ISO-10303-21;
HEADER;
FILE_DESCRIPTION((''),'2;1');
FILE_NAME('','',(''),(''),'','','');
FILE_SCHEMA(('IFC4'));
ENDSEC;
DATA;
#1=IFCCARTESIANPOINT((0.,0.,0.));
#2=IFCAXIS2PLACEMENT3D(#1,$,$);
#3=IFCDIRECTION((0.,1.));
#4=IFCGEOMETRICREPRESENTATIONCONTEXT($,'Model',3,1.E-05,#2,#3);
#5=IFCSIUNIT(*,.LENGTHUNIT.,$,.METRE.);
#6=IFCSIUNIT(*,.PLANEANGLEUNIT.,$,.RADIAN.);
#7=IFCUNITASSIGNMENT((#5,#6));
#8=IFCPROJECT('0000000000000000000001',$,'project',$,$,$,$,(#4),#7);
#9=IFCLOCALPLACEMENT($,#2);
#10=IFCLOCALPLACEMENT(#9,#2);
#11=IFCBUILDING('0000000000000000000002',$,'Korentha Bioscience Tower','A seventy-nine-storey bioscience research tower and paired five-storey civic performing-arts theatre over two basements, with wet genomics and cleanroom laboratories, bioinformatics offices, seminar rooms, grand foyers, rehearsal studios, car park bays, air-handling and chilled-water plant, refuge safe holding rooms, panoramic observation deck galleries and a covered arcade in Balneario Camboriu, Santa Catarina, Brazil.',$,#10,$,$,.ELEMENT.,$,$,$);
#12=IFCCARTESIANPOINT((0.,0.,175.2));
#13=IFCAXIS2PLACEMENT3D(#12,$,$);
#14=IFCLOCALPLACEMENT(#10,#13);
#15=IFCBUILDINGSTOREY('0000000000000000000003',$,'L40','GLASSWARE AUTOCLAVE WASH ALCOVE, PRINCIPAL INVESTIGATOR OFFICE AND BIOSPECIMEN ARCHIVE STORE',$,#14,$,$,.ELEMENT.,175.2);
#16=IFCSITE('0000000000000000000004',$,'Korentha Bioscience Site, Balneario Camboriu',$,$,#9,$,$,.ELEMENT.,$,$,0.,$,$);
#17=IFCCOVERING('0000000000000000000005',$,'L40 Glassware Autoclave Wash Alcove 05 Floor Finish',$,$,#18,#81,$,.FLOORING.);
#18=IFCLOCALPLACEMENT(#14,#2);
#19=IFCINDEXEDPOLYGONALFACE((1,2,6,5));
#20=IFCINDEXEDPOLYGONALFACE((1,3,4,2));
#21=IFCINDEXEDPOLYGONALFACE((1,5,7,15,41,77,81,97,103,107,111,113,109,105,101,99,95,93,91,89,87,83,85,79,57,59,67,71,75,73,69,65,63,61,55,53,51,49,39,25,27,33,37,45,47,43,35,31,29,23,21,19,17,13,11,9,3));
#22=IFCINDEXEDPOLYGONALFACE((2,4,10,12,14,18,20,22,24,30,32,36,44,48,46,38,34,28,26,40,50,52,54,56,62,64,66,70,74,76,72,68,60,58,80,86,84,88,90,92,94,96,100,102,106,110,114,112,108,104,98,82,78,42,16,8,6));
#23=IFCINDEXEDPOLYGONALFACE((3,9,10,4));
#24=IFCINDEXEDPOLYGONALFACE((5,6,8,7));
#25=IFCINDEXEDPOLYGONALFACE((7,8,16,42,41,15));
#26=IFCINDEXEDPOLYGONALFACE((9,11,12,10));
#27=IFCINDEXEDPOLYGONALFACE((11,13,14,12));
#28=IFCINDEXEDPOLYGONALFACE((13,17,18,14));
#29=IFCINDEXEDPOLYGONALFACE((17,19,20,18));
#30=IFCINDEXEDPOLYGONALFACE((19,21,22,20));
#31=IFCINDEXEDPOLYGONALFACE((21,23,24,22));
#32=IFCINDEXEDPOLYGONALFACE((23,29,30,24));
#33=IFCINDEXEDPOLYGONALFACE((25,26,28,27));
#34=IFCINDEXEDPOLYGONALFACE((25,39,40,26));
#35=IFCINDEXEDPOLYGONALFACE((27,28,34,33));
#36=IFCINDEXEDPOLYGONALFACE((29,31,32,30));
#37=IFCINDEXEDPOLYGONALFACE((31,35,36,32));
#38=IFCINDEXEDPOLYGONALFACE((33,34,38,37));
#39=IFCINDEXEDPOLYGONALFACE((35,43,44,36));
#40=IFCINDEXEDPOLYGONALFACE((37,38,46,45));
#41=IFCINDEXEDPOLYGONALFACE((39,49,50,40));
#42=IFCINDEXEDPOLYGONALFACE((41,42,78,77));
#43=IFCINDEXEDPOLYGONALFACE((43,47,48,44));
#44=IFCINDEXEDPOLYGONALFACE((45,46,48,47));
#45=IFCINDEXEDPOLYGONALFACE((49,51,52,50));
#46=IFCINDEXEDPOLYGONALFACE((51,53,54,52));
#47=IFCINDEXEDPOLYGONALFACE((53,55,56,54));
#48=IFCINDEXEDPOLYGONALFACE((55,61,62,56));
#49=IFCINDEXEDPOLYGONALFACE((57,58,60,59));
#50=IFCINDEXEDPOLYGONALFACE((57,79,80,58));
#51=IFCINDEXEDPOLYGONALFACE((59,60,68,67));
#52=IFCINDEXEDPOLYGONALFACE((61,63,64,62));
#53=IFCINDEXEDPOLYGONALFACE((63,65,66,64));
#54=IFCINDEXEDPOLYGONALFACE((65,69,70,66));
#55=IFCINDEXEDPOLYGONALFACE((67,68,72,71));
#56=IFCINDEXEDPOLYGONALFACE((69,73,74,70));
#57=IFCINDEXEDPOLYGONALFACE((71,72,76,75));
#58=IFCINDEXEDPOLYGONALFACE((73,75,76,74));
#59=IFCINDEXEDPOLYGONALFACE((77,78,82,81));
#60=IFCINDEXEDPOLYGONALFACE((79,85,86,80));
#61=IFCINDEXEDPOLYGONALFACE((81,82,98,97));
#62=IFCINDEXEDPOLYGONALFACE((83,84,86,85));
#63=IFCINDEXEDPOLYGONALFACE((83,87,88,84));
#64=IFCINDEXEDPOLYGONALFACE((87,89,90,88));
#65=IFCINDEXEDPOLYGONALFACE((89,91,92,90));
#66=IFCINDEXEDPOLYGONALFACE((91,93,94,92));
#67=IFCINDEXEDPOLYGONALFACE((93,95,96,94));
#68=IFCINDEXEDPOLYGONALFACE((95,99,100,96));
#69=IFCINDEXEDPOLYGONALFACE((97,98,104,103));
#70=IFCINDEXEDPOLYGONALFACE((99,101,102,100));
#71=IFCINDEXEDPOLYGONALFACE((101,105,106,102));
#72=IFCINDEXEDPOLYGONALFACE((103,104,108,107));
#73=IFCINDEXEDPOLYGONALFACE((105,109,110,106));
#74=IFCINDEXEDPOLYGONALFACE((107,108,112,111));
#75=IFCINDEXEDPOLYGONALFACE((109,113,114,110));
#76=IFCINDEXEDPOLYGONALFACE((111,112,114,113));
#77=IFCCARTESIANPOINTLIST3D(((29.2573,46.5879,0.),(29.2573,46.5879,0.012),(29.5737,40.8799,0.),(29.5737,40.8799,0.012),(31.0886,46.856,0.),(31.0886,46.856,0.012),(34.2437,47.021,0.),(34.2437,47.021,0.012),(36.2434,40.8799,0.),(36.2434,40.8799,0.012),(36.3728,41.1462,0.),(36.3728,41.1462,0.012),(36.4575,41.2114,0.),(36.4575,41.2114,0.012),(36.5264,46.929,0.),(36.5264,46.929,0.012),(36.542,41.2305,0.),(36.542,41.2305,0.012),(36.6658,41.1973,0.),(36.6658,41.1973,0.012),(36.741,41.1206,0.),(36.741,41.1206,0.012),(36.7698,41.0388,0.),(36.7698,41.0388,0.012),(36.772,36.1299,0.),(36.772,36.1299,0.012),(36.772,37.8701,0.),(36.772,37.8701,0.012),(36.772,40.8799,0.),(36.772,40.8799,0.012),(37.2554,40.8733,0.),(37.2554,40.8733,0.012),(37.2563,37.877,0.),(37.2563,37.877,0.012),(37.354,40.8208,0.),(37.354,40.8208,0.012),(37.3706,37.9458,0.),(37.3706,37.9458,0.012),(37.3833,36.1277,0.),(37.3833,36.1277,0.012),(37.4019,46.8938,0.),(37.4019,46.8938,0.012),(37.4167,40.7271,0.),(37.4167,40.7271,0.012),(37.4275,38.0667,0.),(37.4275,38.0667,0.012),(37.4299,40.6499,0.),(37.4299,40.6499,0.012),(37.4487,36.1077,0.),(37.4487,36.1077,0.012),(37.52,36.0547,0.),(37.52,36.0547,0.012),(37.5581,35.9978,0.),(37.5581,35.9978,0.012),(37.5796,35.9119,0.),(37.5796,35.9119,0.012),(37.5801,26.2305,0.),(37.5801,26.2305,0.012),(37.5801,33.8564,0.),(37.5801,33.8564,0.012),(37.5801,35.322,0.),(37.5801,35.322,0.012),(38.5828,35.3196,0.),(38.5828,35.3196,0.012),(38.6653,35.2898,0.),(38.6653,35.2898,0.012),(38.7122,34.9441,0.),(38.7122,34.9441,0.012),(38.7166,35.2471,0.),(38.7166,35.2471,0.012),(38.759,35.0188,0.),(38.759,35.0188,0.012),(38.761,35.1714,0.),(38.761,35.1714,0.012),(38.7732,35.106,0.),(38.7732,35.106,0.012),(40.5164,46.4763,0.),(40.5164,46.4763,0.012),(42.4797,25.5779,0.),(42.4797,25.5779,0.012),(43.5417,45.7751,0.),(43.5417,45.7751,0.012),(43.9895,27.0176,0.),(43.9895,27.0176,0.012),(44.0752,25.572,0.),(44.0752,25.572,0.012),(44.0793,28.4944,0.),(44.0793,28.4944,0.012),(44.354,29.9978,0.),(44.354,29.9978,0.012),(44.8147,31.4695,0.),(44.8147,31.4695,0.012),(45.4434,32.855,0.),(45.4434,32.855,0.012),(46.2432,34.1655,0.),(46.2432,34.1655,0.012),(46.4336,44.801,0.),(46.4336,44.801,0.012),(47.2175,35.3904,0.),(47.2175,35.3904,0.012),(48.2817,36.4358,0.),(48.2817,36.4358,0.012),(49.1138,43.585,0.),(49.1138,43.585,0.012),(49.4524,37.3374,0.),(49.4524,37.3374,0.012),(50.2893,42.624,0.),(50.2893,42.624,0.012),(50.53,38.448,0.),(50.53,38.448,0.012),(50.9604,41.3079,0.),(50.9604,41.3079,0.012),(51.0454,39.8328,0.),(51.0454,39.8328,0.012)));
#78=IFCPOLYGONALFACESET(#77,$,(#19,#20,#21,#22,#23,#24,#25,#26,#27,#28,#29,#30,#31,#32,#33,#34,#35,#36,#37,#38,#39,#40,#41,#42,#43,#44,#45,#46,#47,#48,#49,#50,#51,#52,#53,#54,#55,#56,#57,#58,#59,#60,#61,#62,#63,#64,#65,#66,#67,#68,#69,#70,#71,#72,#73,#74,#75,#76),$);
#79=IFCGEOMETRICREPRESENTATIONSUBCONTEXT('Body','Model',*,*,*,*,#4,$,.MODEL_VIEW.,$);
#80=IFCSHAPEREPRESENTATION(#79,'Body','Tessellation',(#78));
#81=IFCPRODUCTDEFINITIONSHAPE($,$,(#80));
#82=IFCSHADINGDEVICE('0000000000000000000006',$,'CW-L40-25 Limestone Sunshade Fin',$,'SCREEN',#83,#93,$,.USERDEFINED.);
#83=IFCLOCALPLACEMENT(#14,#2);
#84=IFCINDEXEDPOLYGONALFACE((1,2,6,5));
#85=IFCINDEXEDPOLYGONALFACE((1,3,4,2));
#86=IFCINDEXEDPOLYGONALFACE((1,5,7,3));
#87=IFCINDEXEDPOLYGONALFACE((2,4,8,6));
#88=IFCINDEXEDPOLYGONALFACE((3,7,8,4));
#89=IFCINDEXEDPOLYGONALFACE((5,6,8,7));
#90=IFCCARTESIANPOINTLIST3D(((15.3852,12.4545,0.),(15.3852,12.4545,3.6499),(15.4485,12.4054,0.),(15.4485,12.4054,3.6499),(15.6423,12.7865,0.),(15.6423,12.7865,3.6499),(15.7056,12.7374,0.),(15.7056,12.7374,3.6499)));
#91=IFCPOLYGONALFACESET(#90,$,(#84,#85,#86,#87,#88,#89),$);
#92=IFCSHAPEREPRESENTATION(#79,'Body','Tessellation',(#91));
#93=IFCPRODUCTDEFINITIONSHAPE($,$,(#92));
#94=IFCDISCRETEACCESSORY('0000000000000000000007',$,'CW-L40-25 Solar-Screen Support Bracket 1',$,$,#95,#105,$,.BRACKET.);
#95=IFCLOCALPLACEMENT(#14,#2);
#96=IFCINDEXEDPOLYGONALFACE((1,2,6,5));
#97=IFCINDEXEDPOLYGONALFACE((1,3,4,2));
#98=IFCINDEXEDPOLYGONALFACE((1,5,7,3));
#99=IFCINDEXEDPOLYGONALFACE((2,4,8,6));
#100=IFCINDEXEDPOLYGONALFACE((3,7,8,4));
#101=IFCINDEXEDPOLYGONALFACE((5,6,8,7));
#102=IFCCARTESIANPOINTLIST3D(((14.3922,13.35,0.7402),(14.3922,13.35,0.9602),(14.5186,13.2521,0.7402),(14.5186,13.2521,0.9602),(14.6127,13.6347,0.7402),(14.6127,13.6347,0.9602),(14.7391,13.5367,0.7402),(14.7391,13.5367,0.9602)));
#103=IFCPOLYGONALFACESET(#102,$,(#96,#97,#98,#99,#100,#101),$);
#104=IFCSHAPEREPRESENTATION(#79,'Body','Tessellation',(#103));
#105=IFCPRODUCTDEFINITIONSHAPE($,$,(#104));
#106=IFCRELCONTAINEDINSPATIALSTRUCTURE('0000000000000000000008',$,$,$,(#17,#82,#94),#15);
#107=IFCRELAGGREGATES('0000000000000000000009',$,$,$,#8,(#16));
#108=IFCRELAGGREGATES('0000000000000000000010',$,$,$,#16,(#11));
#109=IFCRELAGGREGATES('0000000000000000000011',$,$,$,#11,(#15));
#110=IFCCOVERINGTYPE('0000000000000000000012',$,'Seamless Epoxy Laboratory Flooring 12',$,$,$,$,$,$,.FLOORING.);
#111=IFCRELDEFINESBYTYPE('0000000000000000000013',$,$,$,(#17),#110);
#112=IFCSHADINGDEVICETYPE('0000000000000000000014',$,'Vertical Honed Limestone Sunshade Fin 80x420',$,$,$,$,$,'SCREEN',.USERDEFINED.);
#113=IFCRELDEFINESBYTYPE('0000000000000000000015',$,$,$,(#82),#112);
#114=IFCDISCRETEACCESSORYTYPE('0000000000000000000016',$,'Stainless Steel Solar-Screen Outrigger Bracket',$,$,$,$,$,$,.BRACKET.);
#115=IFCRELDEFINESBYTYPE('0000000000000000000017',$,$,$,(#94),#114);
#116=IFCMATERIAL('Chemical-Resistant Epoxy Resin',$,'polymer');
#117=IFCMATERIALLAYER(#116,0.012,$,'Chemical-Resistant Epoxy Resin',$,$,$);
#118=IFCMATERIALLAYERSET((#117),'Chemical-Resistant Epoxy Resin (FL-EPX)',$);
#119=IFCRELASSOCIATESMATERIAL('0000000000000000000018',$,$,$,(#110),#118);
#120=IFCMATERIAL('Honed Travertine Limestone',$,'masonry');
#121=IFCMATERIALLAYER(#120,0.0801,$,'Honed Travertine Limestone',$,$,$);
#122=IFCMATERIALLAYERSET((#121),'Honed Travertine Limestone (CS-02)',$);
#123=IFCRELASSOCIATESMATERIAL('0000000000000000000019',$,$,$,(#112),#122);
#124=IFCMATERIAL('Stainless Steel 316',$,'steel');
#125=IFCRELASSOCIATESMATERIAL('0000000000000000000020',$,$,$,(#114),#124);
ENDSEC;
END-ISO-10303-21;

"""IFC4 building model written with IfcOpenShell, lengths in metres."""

from ifc_helpers import new_model, si_unit, direction, frame, origin, origin_2d, place, context, subcontext, project, spatial, polyline, rectangle, outline, extrude, material, layer, layer_set, type_object, element, save


model = new_model("IFC4")

# Units and contexts
model_context = context("Model", 3, precision=1e-05, world=origin(), true_north=direction((0.0, 1.0)))
body_context = subcontext(model_context, "Body", "Model", "MODEL_VIEW")
ifc_project = project(units=[si_unit("LENGTHUNIT", "METRE"), si_unit("PLANEANGLEUNIT", "RADIAN")], contexts=[model_context])

# Site, building, storey
site_placement = place(None, origin())
site = spatial("IfcSite", under=ifc_project, at=site_placement, Name="Korentha Bioscience Site, Balneario Camboriu", CompositionType="ELEMENT", RefElevation=0.0)
building_placement = place(site_placement, origin())
building = spatial("IfcBuilding", under=site, at=building_placement, Name="Korentha Bioscience Tower", Description="A seventy-nine-storey bioscience research tower and paired five-storey civic performing-arts theatre over two basements, with wet genomics and cleanroom laboratories, bioinformatics offices, seminar rooms, grand foyers, rehearsal studios, car park bays, air-handling and chilled-water plant, refuge safe holding rooms, panoramic observation deck galleries and a covered arcade in Balneario Camboriu, Santa Catarina, Brazil.", CompositionType="ELEMENT")
storey_placement = place(building_placement, frame((0.0, 0.0, 175.2)))
storey = spatial("IfcBuildingStorey", under=building, at=storey_placement, Name="L40", Description="GLASSWARE AUTOCLAVE WASH ALCOVE, PRINCIPAL INVESTIGATOR OFFICE AND BIOSPECIMEN ARCHIVE STORE", CompositionType="ELEMENT", Elevation=175.2)

# Covering
ifc_material_1 = material(Name="Chemical-Resistant Epoxy Resin", Category="polymer")
ifc_layer_1 = layer(ifc_material_1, 0.012, Name="Chemical-Resistant Epoxy Resin")
ifc_layer_set_1 = layer_set([ifc_layer_1], Name="Chemical-Resistant Epoxy Resin (FL-EPX)")
covering_type_1 = type_object("IfcCoveringType", Name="Seamless Epoxy Laboratory Flooring 12", PredefinedType="FLOORING", material=ifc_layer_set_1)
covering_1_placement = place(storey_placement, origin())
element("IfcCovering", 1, at=covering_1_placement, inside=storey, type_object=covering_type_1, Name="L40 Glassware Autoclave Wash Alcove 05 Floor Finish", PredefinedType="FLOORING", context=body_context, shape_type="SweptSolid", body=[
    extrude(outline(polyline([(31.0886, 46.856), (34.2437, 47.021), (36.5264, 46.929), (37.4019, 46.8938), (40.5164, 46.4763), (43.5417, 45.7751), (46.4336, 44.801), (49.1138, 43.585), (50.2893, 42.624), (50.9604, 41.3079), (51.0454, 39.8328), (50.53, 38.448), (49.4524, 37.3374), (48.2817, 36.4358), (47.2175, 35.3904), (46.2432, 34.1655), (45.4434, 32.855), (44.8147, 31.4695), (44.354, 29.9978), (44.0793, 28.4944), (43.9895, 27.0176), (44.0752, 25.572), (42.4797, 25.5779), (37.5801, 26.2305), (37.5801, 33.8564), (38.7122, 34.9441), (38.759, 35.0188), (38.7732, 35.106), (38.761, 35.1714), (38.7166, 35.2471), (38.6653, 35.2898), (38.5828, 35.3196), (37.5801, 35.322), (37.5796, 35.9119), (37.5581, 35.9978), (37.52, 36.0547), (37.4487, 36.1077), (37.3833, 36.1277), (36.772, 36.1299), (36.772, 37.8701), (37.2563, 37.877), (37.3706, 37.9458), (37.4275, 38.0667), (37.4299, 40.6499), (37.4167, 40.7271), (37.354, 40.8208), (37.2554, 40.8733), (36.772, 40.8799), (36.7698, 41.0388), (36.741, 41.1206), (36.6658, 41.1973), (36.542, 41.2305), (36.4575, 41.2114), (36.3728, 41.1462), (36.2434, 40.8799), (29.5737, 40.8799), (29.2573, 46.5879), (31.0886, 46.856)])), origin(), (0.0, 0.0, 1.0), 0.012),
])

# Shading device
ifc_material_2 = material(Name="Honed Travertine Limestone", Category="masonry")
ifc_layer_2 = layer(ifc_material_2, 0.0801, Name="Honed Travertine Limestone")
ifc_layer_set_2 = layer_set([ifc_layer_2], Name="Honed Travertine Limestone (CS-02)")
shading_device_type_1 = type_object("IfcShadingDeviceType", Name="Vertical Honed Limestone Sunshade Fin 80x420", ElementType="SCREEN", PredefinedType="USERDEFINED", material=ifc_layer_set_2)
shading_device_1_placement = place(storey_placement, frame((15.5454, 12.5959, 0.0), z_axis=(0.0, 0.0, 1.0), x_axis=(0.790547, -0.612402, 0.0)))
element("IfcShadingDevice", 2, at=shading_device_1_placement, inside=storey, type_object=shading_device_type_1, Name="CW-L40-25 Limestone Sunshade Fin", ObjectType="SCREEN", PredefinedType="USERDEFINED", context=body_context, shape_type="SweptSolid", body=[
    extrude(rectangle(XDim=0.0801, YDim=0.4199, at=origin_2d()), origin(), (0.0, 0.0, 1.0), 3.6499),
])

# Discrete accessory
ifc_material_3 = material(Name="Stainless Steel 316", Category="steel")
discrete_accessory_type = type_object("IfcDiscreteAccessoryType", Name="Stainless Steel Solar-Screen Outrigger Bracket", PredefinedType="BRACKET", material=ifc_material_3)
discrete_accessory_placement = place(storey_placement, frame((14.5657, 13.4434, 0.7402), z_axis=(0.0, 0.0, 1.0), x_axis=(0.790547, -0.612402, 0.0)))
element("IfcDiscreteAccessory", 3, at=discrete_accessory_placement, inside=storey, type_object=discrete_accessory_type, Name="CW-L40-25 Solar-Screen Support Bracket 1", PredefinedType="BRACKET", context=body_context, shape_type="SweptSolid", body=[
    extrude(rectangle(XDim=0.1599, YDim=0.3601, at=origin_2d()), origin(), (0.0, 0.0, 1.0), 0.22),
])

save(model, "model.ifc")
